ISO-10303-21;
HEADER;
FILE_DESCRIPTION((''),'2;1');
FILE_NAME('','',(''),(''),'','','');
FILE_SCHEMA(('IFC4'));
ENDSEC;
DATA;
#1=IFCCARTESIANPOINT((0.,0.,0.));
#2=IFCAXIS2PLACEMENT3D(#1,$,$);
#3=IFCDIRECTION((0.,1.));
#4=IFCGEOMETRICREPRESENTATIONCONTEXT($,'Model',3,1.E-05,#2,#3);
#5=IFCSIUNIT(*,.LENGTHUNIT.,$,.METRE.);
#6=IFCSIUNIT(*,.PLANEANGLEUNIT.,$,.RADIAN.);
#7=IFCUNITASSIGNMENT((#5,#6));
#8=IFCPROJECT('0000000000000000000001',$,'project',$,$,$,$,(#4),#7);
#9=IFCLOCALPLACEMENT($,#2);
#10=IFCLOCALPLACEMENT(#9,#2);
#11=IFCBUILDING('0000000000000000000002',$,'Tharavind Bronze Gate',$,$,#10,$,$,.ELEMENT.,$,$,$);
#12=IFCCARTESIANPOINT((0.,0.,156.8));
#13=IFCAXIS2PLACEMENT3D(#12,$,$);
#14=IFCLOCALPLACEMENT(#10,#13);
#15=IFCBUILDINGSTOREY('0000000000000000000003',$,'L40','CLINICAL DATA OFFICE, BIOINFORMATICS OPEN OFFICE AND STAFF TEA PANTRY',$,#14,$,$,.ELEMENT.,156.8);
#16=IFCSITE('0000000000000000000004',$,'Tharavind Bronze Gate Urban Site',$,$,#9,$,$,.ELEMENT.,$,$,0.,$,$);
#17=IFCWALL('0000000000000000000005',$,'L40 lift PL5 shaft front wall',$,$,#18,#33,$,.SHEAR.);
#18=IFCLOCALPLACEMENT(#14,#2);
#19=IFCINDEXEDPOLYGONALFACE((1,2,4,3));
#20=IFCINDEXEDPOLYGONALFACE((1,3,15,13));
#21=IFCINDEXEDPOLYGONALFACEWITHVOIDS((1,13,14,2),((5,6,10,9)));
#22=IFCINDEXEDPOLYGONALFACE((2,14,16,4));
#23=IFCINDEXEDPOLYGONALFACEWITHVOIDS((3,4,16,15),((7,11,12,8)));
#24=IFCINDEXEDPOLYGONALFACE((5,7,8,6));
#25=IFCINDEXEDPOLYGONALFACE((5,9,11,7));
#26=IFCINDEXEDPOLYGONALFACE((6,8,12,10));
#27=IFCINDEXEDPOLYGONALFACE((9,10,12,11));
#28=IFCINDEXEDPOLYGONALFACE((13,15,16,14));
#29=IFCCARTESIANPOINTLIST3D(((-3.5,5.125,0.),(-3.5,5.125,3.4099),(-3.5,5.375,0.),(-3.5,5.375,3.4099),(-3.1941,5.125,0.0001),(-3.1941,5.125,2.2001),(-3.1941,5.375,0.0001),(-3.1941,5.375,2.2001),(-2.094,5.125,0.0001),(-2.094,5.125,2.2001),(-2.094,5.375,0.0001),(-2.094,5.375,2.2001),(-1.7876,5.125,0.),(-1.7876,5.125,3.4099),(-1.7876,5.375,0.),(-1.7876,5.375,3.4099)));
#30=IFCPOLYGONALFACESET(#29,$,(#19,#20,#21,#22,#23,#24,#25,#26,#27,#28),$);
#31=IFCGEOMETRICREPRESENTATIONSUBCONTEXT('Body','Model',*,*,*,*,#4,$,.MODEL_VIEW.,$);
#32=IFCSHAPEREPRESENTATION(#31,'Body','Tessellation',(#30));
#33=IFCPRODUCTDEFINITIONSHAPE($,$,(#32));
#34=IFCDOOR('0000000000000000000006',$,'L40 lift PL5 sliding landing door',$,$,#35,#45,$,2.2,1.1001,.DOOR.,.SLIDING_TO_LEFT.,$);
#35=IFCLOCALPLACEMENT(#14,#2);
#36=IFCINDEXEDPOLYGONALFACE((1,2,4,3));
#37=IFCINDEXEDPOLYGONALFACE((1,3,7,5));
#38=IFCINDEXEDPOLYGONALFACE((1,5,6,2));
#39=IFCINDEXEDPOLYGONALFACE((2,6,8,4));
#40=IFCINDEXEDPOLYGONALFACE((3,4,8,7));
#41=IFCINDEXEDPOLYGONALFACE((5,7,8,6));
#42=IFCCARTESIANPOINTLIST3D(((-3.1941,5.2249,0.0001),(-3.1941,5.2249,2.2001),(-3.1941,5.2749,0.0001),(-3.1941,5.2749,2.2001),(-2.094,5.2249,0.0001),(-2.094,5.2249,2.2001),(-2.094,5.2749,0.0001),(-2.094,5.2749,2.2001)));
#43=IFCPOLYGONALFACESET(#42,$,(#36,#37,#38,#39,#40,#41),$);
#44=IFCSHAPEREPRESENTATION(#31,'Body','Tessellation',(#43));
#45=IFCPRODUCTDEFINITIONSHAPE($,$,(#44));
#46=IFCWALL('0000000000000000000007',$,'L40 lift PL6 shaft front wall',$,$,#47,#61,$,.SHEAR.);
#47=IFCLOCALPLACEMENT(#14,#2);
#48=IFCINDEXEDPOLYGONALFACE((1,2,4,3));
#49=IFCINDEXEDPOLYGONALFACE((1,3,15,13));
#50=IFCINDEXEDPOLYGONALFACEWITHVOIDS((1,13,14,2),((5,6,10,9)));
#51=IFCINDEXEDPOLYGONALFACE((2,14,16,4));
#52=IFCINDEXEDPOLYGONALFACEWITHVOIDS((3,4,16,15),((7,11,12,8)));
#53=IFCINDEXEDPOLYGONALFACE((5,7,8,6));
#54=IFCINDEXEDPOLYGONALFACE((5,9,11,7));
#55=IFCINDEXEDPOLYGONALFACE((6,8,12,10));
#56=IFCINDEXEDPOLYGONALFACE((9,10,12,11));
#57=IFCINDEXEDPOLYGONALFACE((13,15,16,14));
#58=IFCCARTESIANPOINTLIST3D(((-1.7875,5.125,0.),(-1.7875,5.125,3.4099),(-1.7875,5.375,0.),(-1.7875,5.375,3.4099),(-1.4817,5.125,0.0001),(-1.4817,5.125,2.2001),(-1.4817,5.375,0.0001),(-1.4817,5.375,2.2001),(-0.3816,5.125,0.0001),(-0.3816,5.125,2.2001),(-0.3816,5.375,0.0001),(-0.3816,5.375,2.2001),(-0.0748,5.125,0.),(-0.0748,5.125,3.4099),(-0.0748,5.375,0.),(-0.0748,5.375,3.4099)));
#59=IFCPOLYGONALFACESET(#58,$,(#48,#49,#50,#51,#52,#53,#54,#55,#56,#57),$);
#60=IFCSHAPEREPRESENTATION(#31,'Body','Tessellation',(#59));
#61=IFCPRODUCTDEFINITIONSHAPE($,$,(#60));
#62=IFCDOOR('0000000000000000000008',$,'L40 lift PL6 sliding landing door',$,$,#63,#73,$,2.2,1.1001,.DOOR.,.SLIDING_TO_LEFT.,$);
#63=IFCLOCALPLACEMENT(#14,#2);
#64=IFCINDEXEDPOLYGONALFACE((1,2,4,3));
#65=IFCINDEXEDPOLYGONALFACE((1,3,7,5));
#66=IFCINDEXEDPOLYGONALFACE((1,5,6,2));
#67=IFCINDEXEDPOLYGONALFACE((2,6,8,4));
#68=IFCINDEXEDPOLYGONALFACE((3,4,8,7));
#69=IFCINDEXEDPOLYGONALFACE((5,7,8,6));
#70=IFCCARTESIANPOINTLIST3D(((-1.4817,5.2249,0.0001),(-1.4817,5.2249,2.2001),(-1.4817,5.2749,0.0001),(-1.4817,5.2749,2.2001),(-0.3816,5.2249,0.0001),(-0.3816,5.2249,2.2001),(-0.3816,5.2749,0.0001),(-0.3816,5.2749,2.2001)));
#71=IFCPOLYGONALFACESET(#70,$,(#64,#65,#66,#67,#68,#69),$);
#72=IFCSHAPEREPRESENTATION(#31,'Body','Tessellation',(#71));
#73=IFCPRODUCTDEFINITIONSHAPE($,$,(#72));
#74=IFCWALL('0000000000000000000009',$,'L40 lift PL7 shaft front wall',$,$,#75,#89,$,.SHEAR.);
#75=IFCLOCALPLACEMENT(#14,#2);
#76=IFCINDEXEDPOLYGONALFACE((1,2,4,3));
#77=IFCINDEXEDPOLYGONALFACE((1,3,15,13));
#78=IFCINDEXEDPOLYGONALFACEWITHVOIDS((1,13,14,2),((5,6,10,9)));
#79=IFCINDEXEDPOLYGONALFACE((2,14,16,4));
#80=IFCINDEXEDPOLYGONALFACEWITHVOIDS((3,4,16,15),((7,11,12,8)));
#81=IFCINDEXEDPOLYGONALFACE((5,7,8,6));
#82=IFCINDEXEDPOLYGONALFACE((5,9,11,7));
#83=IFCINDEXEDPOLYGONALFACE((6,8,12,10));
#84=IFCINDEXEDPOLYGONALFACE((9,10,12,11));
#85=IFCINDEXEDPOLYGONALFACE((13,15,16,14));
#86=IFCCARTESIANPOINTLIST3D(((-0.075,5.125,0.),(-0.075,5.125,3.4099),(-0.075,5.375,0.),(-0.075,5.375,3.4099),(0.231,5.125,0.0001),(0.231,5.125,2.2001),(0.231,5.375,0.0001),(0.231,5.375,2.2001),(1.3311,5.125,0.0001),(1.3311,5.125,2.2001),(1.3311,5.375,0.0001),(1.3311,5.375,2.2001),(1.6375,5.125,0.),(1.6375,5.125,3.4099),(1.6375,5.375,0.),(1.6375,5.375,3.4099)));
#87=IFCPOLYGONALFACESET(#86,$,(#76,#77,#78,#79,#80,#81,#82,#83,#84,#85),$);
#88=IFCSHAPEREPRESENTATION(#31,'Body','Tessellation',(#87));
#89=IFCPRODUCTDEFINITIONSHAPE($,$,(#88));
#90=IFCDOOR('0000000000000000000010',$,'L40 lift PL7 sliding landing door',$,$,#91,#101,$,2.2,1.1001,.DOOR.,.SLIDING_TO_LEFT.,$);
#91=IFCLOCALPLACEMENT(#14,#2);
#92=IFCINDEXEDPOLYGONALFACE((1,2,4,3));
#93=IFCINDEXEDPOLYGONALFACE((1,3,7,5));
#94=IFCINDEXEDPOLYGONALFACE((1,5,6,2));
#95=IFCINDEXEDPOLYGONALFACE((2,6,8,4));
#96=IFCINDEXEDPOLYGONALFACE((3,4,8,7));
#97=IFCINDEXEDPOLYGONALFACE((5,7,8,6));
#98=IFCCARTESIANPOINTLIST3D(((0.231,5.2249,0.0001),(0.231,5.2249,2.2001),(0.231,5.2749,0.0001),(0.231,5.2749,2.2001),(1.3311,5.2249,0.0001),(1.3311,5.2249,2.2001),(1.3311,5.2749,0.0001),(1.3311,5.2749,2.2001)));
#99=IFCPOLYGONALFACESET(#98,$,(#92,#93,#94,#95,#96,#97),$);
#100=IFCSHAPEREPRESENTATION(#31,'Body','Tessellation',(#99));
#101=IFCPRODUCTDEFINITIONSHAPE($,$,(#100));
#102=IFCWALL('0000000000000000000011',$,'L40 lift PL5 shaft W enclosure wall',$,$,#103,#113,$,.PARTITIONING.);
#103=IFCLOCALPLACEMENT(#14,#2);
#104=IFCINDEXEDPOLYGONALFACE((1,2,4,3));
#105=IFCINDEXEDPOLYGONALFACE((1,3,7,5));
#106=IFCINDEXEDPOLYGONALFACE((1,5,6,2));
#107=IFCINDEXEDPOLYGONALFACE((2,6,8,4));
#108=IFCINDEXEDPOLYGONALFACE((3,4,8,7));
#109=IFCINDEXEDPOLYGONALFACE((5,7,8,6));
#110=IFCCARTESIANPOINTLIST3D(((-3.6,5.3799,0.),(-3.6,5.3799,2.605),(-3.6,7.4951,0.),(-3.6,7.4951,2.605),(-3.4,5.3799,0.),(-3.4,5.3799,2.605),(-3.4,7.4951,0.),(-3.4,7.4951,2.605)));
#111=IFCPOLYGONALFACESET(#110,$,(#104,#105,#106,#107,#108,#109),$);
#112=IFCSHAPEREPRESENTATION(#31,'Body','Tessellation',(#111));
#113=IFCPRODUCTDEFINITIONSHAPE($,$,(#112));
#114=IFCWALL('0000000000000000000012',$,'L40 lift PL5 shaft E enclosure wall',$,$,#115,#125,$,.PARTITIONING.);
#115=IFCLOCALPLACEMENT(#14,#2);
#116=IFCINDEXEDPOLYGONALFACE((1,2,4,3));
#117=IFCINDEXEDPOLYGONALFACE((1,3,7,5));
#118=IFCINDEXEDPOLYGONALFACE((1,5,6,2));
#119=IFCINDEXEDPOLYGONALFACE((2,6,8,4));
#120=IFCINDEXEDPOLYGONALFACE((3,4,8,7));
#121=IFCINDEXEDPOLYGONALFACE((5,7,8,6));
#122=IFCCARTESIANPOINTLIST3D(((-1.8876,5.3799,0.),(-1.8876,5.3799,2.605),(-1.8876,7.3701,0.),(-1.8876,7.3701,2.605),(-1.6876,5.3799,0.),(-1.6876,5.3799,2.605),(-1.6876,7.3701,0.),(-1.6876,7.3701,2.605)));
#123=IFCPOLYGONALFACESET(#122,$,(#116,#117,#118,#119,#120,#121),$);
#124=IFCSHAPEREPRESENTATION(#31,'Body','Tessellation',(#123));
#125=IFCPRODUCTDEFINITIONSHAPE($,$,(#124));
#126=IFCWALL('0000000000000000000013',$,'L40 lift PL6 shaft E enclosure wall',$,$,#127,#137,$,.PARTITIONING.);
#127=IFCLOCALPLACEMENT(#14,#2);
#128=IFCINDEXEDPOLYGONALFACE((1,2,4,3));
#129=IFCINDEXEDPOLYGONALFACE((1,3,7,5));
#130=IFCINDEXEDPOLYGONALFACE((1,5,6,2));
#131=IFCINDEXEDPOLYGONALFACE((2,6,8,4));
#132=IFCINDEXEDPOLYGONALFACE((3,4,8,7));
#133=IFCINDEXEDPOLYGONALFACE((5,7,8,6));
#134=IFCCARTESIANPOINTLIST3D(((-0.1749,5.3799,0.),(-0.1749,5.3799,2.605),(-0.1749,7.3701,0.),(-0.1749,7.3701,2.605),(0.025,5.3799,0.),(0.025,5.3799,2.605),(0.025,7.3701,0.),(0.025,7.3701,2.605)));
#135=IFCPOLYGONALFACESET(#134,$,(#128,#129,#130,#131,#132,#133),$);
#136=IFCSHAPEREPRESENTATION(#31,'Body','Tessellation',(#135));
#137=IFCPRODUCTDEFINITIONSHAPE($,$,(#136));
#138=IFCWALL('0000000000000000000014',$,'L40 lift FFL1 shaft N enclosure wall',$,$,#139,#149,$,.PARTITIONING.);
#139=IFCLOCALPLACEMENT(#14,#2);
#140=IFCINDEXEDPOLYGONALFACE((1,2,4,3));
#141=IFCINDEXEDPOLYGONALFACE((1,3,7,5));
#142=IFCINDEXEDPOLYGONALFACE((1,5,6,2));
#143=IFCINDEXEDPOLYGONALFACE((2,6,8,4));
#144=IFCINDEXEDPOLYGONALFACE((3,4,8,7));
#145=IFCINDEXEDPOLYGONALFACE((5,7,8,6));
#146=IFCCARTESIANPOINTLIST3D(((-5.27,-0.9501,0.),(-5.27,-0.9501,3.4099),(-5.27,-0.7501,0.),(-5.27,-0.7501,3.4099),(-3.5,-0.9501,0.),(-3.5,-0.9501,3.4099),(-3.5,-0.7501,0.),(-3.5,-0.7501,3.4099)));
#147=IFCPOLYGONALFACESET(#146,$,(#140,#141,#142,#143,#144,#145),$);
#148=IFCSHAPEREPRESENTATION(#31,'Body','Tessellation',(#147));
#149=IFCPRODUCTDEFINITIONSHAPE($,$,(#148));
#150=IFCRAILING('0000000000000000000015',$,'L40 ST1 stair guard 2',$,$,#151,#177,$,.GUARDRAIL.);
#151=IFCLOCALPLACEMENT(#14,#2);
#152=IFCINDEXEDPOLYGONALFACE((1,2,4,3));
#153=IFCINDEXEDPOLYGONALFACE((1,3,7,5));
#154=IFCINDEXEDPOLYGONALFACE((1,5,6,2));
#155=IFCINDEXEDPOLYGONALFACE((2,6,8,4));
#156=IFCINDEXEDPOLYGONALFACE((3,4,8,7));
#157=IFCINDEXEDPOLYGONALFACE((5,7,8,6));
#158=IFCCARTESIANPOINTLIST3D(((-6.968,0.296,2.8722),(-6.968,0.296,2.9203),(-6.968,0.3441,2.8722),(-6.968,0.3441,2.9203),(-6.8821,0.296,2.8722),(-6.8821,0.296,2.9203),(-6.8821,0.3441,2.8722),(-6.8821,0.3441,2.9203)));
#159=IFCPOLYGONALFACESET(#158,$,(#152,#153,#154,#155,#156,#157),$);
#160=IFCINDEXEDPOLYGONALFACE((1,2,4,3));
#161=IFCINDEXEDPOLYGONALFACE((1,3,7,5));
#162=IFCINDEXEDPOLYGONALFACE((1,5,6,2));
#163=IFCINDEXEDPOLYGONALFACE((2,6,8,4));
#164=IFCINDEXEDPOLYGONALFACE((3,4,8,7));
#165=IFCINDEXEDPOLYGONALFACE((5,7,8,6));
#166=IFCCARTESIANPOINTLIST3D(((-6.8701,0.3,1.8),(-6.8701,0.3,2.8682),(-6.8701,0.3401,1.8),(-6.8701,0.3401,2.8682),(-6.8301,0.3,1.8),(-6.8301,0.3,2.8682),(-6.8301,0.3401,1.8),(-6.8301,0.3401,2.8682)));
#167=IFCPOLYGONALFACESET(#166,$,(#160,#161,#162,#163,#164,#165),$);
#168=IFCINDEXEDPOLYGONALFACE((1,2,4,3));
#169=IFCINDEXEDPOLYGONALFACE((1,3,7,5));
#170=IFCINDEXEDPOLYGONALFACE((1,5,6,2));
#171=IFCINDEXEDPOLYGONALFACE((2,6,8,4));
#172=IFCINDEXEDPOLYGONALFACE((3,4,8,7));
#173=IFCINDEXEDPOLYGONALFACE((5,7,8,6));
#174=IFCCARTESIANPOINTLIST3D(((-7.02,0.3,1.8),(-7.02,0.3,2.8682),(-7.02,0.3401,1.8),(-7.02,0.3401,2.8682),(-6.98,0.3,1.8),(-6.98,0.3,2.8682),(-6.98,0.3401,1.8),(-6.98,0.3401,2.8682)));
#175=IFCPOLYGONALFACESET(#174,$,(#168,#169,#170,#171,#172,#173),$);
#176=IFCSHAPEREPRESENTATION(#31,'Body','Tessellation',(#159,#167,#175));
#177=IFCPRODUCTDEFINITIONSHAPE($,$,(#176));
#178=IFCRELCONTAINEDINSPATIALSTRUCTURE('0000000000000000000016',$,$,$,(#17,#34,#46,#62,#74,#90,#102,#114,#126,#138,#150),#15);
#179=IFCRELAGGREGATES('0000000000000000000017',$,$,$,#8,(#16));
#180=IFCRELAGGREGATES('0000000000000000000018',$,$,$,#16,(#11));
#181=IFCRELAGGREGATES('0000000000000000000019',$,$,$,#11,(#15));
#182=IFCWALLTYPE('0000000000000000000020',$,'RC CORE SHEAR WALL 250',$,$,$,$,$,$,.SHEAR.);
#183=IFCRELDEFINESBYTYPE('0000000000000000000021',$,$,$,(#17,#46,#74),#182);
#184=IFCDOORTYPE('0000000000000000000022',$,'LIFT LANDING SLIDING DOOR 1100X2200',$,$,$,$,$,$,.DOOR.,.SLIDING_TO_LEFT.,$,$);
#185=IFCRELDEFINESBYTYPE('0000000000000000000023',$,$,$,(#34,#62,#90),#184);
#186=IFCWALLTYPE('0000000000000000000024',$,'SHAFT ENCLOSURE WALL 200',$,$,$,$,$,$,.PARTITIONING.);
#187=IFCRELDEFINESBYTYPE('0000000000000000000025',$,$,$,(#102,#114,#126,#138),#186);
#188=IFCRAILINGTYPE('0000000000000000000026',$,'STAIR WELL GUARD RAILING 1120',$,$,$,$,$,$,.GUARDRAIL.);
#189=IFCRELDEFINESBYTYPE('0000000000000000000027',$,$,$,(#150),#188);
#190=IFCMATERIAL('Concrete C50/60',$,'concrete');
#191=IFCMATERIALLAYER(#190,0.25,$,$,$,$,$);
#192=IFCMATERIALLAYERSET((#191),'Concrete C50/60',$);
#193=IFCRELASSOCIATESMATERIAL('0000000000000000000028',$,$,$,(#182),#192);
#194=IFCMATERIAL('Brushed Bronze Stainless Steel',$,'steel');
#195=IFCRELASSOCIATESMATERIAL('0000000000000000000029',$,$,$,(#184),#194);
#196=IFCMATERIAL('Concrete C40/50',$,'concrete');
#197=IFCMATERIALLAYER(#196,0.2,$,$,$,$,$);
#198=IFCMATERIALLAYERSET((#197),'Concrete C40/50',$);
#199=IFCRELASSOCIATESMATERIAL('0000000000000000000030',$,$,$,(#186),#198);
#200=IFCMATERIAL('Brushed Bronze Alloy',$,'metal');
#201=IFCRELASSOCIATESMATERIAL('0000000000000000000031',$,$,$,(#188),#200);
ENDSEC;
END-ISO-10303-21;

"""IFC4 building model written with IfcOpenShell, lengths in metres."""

from ifc_helpers import new_model, si_unit, direction, frame, frame_2d, origin, origin_2d, place, context, subcontext, project, spatial, rectangle, extrude, material, layer, layer_set, type_object, element, fill, save


model = new_model("IFC4")

# Units and contexts
model_context = context("Model", 3, precision=1e-05, world=origin(), true_north=direction((0.0, 1.0)))
body_context = subcontext(model_context, "Body", "Model", "MODEL_VIEW")
ifc_project = project(units=[si_unit("LENGTHUNIT", "METRE"), si_unit("PLANEANGLEUNIT", "RADIAN")], contexts=[model_context])

# Site, building, storey
site_placement = place(None, origin())
site = spatial("IfcSite", under=ifc_project, at=site_placement, Name="Tharavind Bronze Gate Urban Site", CompositionType="ELEMENT", RefElevation=0.0)
building_placement = place(site_placement, origin())
building = spatial("IfcBuilding", under=site, at=building_placement, Name="Tharavind Bronze Gate", CompositionType="ELEMENT")
storey_placement = place(building_placement, frame((0.0, 0.0, 156.8)))
storey = spatial("IfcBuildingStorey", under=building, at=storey_placement, Name="L40", Description="CLINICAL DATA OFFICE, BIOINFORMATICS OPEN OFFICE AND STAFF TEA PANTRY", CompositionType="ELEMENT", Elevation=156.8)

# Walls, openings, doors
ifc_material_1 = material(Name="Concrete C50/60", Category="concrete")
ifc_layer_1 = layer(ifc_material_1, 0.25)
ifc_layer_set_1 = layer_set([ifc_layer_1], Name="Concrete C50/60")
wall_type_1 = type_object("IfcWallType", Name="RC CORE SHEAR WALL 250", PredefinedType="SHEAR", material=ifc_layer_set_1)
wall_1_placement = place(storey_placement, frame((-3.5, 5.25, 0.0), z_axis=(0.0, 0.0, 1.0), x_axis=(1.0, 0.0, 0.0)))
wall_1 = element("IfcWall", 1, at=wall_1_placement, inside=storey, type_object=wall_type_1, Name="L40 lift PL5 shaft front wall", PredefinedType="SHEAR", context=body_context, shape_type="SweptSolid", body=[
    extrude(rectangle(XDim=1.7124, YDim=0.25, at=frame_2d((0.8562, 0.0))), origin(), (0.0, 0.0, 1.0), 3.4099),
])
opening_1_placement = place(wall_1_placement, frame((0.3059, 0.0, 0.0)))
opening_1 = element("IfcOpeningElement", 2, at=opening_1_placement, cuts=wall_1, PredefinedType="OPENING", context=body_context, shape_type="SweptSolid", body=[
    extrude(rectangle(XDim=1.1001, YDim=2.2, at=frame_2d((0.55, 1.1001))), frame((0.0, 0.135, 0.0), z_axis=(0.0, -1.0, 0.0), x_axis=(1.0, 0.0, 0.0)), (0.0, 0.0, 1.0), 0.27),
])
ifc_material_2 = material(Name="Brushed Bronze Stainless Steel", Category="steel")
door_type_1 = type_object("IfcDoorType", Name="LIFT LANDING SLIDING DOOR 1100X2200", OperationType="SLIDING_TO_LEFT", PredefinedType="DOOR", material=ifc_material_2)
door_1_placement = place(opening_1_placement, origin())
door_1 = element("IfcDoor", 3, at=door_1_placement, inside=storey, type_object=door_type_1, Name="L40 lift PL5 sliding landing door", OperationType="SLIDING_TO_LEFT", OverallHeight=2.2, OverallWidth=1.1001, PredefinedType="DOOR", context=body_context, shape_type="SweptSolid", body=[
    extrude(rectangle(XDim=1.1001, YDim=2.2, at=frame_2d((0.55, 1.1001))), frame((0.0, 0.0249, 0.0), z_axis=(0.0, -1.0, 0.0), x_axis=(1.0, 0.0, 0.0)), (0.0, 0.0, 1.0), 0.05),
])
fill(opening_1, door_1)
wall_2_placement = place(storey_placement, frame((-1.7876, 5.25, 0.0), z_axis=(0.0, 0.0, 1.0), x_axis=(1.0, 0.0, 0.0)))
wall_2 = element("IfcWall", 4, at=wall_2_placement, inside=storey, type_object=wall_type_1, Name="L40 lift PL6 shaft front wall", PredefinedType="SHEAR", context=body_context, shape_type="SweptSolid", body=[
    extrude(rectangle(XDim=1.7126, YDim=0.25, at=frame_2d((0.8564, 0.0))), origin(), (0.0, 0.0, 1.0), 3.4099),
])
opening_2_placement = place(wall_2_placement, frame((0.3059, 0.0, 0.0)))
opening_2 = element("IfcOpeningElement", 5, at=opening_2_placement, cuts=wall_2, PredefinedType="OPENING", context=body_context, shape_type="SweptSolid", body=[
    extrude(rectangle(XDim=1.1001, YDim=2.2, at=frame_2d((0.55, 1.1001))), frame((0.0, 0.135, 0.0), z_axis=(0.0, -1.0, 0.0), x_axis=(1.0, 0.0, 0.0)), (0.0, 0.0, 1.0), 0.27),
])
door_2_placement = place(opening_2_placement, origin())
door_2 = element("IfcDoor", 6, at=door_2_placement, inside=storey, type_object=door_type_1, Name="L40 lift PL6 sliding landing door", OperationType="SLIDING_TO_LEFT", OverallHeight=2.2, OverallWidth=1.1001, PredefinedType="DOOR", context=body_context, shape_type="SweptSolid", body=[
    extrude(rectangle(XDim=1.1001, YDim=2.2, at=frame_2d((0.55, 1.1001))), frame((0.0, 0.0249, 0.0), z_axis=(0.0, -1.0, 0.0), x_axis=(1.0, 0.0, 0.0)), (0.0, 0.0, 1.0), 0.05),
])
fill(opening_2, door_2)
wall_3_placement = place(storey_placement, frame((-0.075, 5.25, 0.0), z_axis=(0.0, 0.0, 1.0), x_axis=(1.0, 0.0, 0.0)))
wall_3 = element("IfcWall", 7, at=wall_3_placement, inside=storey, type_object=wall_type_1, Name="L40 lift PL7 shaft front wall", PredefinedType="SHEAR", context=body_context, shape_type="SweptSolid", body=[
    extrude(rectangle(XDim=1.7124, YDim=0.25, at=frame_2d((0.8562, 0.0))), origin(), (0.0, 0.0, 1.0), 3.4099),
])
opening_3_placement = place(wall_3_placement, frame((0.3059, 0.0, 0.0)))
opening_3 = element("IfcOpeningElement", 8, at=opening_3_placement, cuts=wall_3, PredefinedType="OPENING", context=body_context, shape_type="SweptSolid", body=[
    extrude(rectangle(XDim=1.1001, YDim=2.2, at=frame_2d((0.55, 1.1001))), frame((0.0, 0.135, 0.0), z_axis=(0.0, -1.0, 0.0), x_axis=(1.0, 0.0, 0.0)), (0.0, 0.0, 1.0), 0.27),
])
door_3_placement = place(opening_3_placement, origin())
door_3 = element("IfcDoor", 9, at=door_3_placement, inside=storey, type_object=door_type_1, Name="L40 lift PL7 sliding landing door", OperationType="SLIDING_TO_LEFT", OverallHeight=2.2, OverallWidth=1.1001, PredefinedType="DOOR", context=body_context, shape_type="SweptSolid", body=[
    extrude(rectangle(XDim=1.1001, YDim=2.2, at=frame_2d((0.55, 1.1001))), frame((0.0, 0.0249, 0.0), z_axis=(0.0, -1.0, 0.0), x_axis=(1.0, 0.0, 0.0)), (0.0, 0.0, 1.0), 0.05),
])
fill(opening_3, door_3)

# Walls
ifc_material_3 = material(Name="Concrete C40/50", Category="concrete")
ifc_layer_2 = layer(ifc_material_3, 0.2)
ifc_layer_set_2 = layer_set([ifc_layer_2], Name="Concrete C40/50")
wall_type_2 = type_object("IfcWallType", Name="SHAFT ENCLOSURE WALL 200", PredefinedType="PARTITIONING", material=ifc_layer_set_2)
wall_4_placement = place(storey_placement, frame((-3.5, 5.3799, 0.0), z_axis=(0.0, 0.0, 1.0), x_axis=(0.0, 1.0, 0.0)))
element("IfcWall", 10, at=wall_4_placement, inside=storey, type_object=wall_type_2, Name="L40 lift PL5 shaft W enclosure wall", PredefinedType="PARTITIONING", context=body_context, shape_type="SweptSolid", body=[
    extrude(rectangle(XDim=2.1152, YDim=0.2, at=frame_2d((1.0576, 0.0))), origin(), (0.0, 0.0, 1.0), 2.605),
])
for number, where, z_axis, x_axis, name in (
    (11, (-1.7876, 5.3799, 0.0), (0.0, 0.0, 1.0), (0.0, 1.0, 0.0), "L40 lift PL5 shaft E enclosure wall"),
    (12, (-0.075, 5.3799, 0.0), (0.0, 0.0, 1.0), (0.0, 1.0, 0.0), "L40 lift PL6 shaft E enclosure wall"),
):
    element("IfcWall", number, at=place(storey_placement, frame(where, z_axis=z_axis, x_axis=x_axis)), inside=storey, type_object=wall_type_2, Name=name, PredefinedType="PARTITIONING", context=body_context, shape_type="SweptSolid", body=[
        extrude(rectangle(XDim=1.9902, YDim=0.2, at=frame_2d((0.9951, 0.0))), origin(), (0.0, 0.0, 1.0), 2.605),
    ])
wall_5_placement = place(storey_placement, frame((-5.27, -0.8501, 0.0), z_axis=(0.0, 0.0, 1.0), x_axis=(1.0, 0.0, 0.0)))
element("IfcWall", 13, at=wall_5_placement, inside=storey, type_object=wall_type_2, Name="L40 lift FFL1 shaft N enclosure wall", PredefinedType="PARTITIONING", context=body_context, shape_type="SweptSolid", body=[
    extrude(rectangle(XDim=1.77, YDim=0.2, at=frame_2d((0.885, 0.0))), origin(), (0.0, 0.0, 1.0), 3.4099),
])

# Railing
ifc_material_4 = material(Name="Brushed Bronze Alloy", Category="metal")
railing_type = type_object("IfcRailingType", Name="STAIR WELL GUARD RAILING 1120", PredefinedType="GUARDRAIL", material=ifc_material_4)
railing_1_placement = place(storey_placement, frame((-6.8501, 0.3201, 1.8)))
element("IfcRailing", 14, at=railing_1_placement, inside=storey, type_object=railing_type, Name="L40 ST1 stair guard 2", PredefinedType="GUARDRAIL", context=body_context, shape_type="SweptSolid", body=[
    extrude(rectangle(XDim=0.0481, YDim=0.0481, at=origin_2d()), frame((-0.032, 0.0, 1.0962), z_axis=(-1.0, 0.0, 0.0), x_axis=(0.0, -1.0, 0.0)), (0.0, 0.0, 1.0), 0.0859),
    extrude(rectangle(XDim=0.04, YDim=0.04, at=origin_2d()), origin(), (0.0, 0.0, 1.0), 1.0681),
    extrude(rectangle(XDim=0.04, YDim=0.04, at=origin_2d()), frame((-0.1499, 0.0, 0.0)), (0.0, 0.0, 1.0), 1.0681),
])

save(model, "model.ifc")
